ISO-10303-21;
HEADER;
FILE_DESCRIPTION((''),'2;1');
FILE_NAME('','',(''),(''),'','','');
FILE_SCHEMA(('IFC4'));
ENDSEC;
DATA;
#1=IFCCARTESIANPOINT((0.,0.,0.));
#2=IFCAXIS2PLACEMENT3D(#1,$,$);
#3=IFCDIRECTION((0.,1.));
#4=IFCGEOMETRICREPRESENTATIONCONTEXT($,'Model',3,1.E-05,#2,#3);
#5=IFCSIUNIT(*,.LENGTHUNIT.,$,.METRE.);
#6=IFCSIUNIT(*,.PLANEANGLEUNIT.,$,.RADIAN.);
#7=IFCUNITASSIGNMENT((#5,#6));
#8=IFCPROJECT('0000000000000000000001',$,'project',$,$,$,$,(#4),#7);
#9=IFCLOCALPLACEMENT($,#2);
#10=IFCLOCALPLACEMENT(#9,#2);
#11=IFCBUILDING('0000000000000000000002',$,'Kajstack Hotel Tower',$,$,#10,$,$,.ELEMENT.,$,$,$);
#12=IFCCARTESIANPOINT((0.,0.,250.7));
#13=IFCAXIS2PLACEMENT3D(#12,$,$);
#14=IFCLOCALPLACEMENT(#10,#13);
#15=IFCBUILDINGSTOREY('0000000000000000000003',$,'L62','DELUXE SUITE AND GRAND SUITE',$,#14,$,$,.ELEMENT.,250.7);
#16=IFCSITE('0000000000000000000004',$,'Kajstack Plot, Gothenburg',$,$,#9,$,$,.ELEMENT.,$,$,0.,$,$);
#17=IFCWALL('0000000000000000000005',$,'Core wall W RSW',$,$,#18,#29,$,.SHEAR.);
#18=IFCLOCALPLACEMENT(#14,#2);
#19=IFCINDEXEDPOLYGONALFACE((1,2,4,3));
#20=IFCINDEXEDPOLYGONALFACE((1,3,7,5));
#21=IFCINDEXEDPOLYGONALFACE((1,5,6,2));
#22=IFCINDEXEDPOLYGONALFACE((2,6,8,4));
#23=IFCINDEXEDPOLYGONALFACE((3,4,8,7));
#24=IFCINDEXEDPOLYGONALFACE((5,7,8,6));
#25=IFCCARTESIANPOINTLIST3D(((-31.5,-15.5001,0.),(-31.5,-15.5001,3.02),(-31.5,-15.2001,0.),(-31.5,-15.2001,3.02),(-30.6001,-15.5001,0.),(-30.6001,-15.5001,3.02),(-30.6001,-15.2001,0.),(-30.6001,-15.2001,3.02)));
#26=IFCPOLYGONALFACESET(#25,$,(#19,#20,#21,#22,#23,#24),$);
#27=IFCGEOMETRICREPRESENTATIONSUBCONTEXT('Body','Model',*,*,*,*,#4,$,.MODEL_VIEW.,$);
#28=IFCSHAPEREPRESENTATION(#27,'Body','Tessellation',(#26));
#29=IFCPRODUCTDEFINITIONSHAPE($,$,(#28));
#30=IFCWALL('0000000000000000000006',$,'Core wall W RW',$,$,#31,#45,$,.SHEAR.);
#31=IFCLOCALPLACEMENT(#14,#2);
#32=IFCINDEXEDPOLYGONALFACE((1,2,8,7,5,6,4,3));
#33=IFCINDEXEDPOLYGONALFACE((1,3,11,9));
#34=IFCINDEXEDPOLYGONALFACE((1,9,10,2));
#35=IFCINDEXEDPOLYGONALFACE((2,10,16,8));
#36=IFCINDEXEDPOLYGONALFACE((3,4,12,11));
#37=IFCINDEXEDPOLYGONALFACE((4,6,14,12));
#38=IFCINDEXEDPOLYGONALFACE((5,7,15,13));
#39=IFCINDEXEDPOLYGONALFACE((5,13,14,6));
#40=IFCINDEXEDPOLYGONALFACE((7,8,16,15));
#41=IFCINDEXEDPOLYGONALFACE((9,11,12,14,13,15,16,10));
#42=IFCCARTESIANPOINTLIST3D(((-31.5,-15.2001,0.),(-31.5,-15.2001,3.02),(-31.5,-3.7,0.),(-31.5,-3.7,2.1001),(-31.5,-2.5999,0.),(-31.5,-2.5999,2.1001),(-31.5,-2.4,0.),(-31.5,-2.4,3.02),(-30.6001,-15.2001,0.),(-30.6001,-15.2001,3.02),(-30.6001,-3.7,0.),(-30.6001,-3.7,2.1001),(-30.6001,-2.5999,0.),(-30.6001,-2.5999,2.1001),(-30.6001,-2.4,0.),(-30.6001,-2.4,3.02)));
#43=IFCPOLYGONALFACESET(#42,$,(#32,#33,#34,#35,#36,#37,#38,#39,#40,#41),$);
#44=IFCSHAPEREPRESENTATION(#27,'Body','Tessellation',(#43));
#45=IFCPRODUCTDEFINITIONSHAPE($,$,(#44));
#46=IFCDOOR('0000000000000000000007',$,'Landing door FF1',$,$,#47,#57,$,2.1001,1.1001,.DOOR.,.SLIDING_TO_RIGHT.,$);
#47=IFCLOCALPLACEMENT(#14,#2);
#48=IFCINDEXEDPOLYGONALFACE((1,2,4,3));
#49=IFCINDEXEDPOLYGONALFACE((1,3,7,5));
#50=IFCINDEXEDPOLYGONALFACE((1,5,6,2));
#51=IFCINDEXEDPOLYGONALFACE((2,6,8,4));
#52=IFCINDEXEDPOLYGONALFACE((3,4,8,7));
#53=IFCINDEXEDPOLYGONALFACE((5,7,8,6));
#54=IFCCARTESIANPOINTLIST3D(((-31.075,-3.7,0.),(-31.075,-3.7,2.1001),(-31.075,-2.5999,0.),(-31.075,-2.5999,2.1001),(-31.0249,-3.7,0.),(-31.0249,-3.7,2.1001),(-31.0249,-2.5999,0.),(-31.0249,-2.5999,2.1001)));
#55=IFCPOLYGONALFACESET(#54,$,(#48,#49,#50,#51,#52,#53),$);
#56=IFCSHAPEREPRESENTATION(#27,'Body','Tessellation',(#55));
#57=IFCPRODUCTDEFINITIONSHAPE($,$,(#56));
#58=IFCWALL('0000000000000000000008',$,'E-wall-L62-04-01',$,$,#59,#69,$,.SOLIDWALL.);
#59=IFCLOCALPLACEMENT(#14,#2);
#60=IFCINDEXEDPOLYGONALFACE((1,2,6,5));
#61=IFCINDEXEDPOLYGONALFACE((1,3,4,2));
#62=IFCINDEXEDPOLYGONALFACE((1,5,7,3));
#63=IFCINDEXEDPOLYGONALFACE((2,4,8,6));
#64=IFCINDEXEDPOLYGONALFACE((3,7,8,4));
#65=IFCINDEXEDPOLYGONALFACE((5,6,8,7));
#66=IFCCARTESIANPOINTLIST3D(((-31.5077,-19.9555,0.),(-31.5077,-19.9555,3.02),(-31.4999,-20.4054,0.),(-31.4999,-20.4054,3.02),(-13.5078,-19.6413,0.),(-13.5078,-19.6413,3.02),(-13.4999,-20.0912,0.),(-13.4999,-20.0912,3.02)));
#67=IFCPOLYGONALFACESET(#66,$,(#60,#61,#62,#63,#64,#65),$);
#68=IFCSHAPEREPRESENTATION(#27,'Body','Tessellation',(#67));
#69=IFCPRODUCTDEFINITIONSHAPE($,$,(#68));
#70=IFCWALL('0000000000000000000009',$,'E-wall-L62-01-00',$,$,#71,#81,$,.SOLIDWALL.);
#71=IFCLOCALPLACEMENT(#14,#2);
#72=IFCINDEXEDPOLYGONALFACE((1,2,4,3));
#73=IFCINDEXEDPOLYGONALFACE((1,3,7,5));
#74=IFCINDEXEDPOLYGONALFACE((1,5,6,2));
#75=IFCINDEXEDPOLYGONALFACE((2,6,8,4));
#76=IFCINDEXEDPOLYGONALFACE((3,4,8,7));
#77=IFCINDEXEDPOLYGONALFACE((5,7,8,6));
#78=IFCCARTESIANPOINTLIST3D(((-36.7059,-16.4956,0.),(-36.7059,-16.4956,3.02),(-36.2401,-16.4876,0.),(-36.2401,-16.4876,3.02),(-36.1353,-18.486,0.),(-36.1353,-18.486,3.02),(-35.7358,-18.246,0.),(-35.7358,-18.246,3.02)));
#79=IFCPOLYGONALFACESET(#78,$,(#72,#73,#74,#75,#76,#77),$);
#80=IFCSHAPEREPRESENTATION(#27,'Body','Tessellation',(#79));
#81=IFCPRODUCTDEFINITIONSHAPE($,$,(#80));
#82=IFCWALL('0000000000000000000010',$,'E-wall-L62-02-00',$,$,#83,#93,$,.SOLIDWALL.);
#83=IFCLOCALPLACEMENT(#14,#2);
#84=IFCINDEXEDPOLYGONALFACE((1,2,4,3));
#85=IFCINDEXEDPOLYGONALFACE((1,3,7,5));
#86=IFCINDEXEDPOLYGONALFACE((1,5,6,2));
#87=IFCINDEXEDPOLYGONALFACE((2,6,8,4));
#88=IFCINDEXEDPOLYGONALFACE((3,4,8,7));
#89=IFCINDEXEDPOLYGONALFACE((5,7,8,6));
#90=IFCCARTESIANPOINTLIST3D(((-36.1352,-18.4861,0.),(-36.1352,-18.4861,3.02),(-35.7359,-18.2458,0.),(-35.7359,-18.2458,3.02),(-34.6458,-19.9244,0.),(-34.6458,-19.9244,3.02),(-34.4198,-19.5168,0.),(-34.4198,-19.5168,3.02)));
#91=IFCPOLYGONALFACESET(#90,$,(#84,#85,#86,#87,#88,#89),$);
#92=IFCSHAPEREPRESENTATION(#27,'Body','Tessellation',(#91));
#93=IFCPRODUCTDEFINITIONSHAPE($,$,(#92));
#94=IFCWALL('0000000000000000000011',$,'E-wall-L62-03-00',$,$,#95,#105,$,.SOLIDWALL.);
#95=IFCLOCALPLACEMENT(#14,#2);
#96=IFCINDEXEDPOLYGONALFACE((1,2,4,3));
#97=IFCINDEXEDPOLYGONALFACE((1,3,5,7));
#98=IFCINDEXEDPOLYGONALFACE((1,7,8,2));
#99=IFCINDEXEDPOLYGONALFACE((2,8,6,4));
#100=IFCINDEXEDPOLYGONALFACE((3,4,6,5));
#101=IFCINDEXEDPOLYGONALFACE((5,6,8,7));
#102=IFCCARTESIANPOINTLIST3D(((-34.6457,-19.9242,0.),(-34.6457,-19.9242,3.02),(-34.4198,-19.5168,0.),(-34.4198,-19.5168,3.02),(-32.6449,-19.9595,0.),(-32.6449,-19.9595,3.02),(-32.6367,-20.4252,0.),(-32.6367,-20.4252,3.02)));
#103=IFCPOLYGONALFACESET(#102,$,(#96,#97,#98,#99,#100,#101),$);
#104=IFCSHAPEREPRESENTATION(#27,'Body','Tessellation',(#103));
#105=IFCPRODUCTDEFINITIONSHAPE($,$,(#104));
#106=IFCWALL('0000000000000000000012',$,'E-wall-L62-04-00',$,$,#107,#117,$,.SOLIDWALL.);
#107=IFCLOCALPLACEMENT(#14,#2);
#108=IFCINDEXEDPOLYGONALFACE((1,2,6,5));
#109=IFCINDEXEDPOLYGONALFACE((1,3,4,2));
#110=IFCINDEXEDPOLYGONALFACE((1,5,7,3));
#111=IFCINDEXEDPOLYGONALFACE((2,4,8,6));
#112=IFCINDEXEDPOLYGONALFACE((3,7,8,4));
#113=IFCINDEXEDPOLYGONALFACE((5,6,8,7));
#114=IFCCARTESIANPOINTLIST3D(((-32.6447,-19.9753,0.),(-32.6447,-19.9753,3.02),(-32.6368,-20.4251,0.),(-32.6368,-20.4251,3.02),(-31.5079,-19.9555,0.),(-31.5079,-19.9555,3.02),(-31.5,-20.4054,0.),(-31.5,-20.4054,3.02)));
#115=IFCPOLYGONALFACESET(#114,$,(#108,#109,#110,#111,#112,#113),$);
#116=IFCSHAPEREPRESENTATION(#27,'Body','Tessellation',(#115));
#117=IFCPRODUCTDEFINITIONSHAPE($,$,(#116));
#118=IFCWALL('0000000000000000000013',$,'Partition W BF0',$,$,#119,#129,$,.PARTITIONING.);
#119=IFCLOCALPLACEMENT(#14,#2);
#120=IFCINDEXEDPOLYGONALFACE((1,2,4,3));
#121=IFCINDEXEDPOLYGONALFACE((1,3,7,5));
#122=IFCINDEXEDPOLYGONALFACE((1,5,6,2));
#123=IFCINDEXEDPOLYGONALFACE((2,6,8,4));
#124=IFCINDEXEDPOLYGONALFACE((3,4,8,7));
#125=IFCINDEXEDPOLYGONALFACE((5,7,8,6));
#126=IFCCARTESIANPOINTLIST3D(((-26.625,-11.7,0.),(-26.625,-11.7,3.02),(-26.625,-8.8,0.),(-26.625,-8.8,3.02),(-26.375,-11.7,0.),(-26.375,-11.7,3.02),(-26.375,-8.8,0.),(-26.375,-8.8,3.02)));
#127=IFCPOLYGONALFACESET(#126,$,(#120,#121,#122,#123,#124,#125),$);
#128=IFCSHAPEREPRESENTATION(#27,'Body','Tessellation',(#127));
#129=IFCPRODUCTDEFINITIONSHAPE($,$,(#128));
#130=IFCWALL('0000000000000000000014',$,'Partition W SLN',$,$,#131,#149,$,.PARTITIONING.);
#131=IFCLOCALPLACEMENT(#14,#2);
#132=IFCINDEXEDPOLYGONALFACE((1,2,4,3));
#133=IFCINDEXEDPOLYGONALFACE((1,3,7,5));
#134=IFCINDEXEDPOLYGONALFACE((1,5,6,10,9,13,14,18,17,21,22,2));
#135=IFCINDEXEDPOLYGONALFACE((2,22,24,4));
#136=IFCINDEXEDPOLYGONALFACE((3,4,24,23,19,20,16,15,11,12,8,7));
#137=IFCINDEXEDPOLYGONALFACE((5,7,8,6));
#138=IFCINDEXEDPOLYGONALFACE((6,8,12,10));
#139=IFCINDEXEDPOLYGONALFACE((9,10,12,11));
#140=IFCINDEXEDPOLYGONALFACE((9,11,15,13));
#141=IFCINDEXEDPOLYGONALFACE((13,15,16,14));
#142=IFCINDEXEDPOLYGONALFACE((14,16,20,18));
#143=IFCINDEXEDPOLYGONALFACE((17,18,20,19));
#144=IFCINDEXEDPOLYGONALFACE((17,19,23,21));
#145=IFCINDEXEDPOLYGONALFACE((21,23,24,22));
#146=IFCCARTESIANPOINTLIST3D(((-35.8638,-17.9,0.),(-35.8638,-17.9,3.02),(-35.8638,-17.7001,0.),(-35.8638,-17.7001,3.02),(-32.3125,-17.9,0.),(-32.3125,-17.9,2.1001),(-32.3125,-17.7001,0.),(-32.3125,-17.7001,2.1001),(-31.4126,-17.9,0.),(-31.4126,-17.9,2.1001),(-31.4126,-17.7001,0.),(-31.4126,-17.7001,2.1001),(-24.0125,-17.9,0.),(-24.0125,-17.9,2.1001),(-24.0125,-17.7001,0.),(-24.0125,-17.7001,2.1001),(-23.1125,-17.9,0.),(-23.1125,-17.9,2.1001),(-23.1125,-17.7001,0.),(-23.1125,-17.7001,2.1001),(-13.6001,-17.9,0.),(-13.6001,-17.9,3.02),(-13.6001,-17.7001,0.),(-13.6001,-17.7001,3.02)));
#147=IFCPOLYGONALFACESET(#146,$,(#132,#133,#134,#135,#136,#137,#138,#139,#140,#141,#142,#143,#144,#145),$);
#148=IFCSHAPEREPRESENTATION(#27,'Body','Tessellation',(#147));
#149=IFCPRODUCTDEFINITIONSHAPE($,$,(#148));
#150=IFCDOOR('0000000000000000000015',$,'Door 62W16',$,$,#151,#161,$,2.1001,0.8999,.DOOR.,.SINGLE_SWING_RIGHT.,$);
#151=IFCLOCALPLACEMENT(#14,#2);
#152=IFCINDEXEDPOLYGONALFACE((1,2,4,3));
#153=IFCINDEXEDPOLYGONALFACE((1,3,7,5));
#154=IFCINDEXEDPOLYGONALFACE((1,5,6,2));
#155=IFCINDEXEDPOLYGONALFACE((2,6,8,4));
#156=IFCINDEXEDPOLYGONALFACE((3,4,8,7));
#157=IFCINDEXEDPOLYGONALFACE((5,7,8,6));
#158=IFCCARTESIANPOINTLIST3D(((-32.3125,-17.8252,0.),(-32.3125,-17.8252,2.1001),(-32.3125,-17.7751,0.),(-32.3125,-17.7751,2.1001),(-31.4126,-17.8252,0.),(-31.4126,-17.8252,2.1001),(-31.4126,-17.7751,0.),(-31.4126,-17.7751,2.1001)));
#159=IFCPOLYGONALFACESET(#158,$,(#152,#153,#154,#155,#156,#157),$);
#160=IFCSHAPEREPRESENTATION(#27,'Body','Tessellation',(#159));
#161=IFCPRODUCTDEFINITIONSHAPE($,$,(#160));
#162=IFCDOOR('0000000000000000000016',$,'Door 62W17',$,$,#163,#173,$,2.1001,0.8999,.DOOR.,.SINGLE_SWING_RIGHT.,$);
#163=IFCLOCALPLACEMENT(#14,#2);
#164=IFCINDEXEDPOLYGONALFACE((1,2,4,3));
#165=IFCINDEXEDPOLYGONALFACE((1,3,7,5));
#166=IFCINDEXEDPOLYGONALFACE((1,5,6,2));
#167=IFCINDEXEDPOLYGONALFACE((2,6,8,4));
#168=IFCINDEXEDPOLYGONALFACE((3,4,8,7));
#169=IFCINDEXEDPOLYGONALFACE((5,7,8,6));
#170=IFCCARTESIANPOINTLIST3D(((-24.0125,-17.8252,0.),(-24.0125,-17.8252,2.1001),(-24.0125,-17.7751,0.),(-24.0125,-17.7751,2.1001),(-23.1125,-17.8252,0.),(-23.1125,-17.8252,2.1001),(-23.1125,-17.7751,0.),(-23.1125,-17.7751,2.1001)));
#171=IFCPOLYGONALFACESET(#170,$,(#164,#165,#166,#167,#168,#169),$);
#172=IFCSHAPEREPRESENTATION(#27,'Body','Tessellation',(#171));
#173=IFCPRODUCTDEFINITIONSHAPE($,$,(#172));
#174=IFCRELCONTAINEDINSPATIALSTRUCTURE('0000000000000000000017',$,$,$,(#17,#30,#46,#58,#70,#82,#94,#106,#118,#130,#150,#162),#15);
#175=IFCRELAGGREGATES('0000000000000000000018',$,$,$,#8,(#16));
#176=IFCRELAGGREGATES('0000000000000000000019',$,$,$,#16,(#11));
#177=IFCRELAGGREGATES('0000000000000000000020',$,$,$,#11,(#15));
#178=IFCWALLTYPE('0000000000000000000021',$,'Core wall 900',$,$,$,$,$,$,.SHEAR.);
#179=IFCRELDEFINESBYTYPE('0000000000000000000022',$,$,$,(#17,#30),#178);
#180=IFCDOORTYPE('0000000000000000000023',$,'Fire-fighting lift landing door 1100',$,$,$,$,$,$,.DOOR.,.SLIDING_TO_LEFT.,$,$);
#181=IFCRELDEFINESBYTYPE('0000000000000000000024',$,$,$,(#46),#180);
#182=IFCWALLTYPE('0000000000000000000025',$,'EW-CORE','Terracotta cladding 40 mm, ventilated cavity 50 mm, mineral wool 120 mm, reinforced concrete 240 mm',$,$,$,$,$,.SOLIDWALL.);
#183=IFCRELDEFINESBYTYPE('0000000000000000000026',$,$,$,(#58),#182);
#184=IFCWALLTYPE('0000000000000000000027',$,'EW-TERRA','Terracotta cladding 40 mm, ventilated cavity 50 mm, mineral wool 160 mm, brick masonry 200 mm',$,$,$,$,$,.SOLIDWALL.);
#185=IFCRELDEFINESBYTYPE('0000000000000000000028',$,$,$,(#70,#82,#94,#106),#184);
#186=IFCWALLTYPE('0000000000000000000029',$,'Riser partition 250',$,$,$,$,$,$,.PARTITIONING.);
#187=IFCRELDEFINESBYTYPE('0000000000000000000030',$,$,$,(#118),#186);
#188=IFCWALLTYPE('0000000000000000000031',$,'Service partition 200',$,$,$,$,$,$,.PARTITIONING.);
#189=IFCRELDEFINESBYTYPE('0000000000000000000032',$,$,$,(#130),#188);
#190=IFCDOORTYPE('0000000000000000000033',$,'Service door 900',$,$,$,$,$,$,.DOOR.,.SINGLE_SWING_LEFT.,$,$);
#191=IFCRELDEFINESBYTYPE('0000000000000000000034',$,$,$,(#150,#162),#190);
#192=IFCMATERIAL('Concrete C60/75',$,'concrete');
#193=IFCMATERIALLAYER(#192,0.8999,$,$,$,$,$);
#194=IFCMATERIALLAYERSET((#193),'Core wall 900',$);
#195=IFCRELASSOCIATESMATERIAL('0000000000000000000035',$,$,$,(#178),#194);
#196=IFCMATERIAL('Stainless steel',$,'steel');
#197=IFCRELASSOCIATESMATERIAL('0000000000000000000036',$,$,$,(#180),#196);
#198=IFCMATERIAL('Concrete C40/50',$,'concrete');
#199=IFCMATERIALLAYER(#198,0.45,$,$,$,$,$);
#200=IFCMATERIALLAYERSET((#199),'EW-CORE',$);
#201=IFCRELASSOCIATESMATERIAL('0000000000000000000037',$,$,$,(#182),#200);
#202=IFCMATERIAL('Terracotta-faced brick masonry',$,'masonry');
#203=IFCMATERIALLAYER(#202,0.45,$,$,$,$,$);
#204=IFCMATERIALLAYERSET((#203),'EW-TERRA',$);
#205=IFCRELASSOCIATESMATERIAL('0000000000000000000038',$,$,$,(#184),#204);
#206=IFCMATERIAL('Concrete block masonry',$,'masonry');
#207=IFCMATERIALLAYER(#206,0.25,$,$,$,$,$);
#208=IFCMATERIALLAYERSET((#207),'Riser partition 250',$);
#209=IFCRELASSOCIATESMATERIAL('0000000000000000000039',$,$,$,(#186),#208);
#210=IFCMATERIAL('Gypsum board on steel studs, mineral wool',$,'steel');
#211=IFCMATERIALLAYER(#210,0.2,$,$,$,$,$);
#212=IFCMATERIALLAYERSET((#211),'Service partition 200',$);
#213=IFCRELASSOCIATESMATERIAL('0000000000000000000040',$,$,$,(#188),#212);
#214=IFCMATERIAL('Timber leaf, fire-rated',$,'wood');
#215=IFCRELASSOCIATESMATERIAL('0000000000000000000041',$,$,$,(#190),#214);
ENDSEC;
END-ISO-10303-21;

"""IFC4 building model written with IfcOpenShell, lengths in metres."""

from ifc_helpers import new_model, si_unit, direction, frame, frame_2d, origin, place, context, subcontext, project, spatial, polyline, rectangle, outline, extrude, material, layer, layer_set, type_object, element, fill, save


model = new_model("IFC4")

# Units and contexts
model_context = context("Model", 3, precision=1e-05, world=origin(), true_north=direction((0.0, 1.0)))
body_context = subcontext(model_context, "Body", "Model", "MODEL_VIEW")
ifc_project = project(units=[si_unit("LENGTHUNIT", "METRE"), si_unit("PLANEANGLEUNIT", "RADIAN")], contexts=[model_context])

# Site, building, storey
site_placement = place(None, origin())
site = spatial("IfcSite", under=ifc_project, at=site_placement, Name="Kajstack Plot, Gothenburg", CompositionType="ELEMENT", RefElevation=0.0)
building_placement = place(site_placement, origin())
building = spatial("IfcBuilding", under=site, at=building_placement, Name="Kajstack Hotel Tower", CompositionType="ELEMENT")
storey_placement = place(building_placement, frame((0.0, 0.0, 250.7)))
storey = spatial("IfcBuildingStorey", under=building, at=storey_placement, Name="L62", Description="DELUXE SUITE AND GRAND SUITE", CompositionType="ELEMENT", Elevation=250.7)

# Wall
ifc_material_1 = material(Name="Concrete C60/75", Category="concrete")
ifc_layer_1 = layer(ifc_material_1, 0.8999)
ifc_layer_set_1 = layer_set([ifc_layer_1], Name="Core wall 900")
wall_type_1 = type_object("IfcWallType", Name="Core wall 900", PredefinedType="SHEAR", material=ifc_layer_set_1)
wall_1_placement = place(storey_placement, frame((-31.5, -15.3501, 0.0), z_axis=(0.0, 0.0, 1.0), x_axis=(1.0, 0.0, 0.0)))
element("IfcWall", 1, at=wall_1_placement, inside=storey, type_object=wall_type_1, Name="Core wall W RSW", PredefinedType="SHEAR", context=body_context, shape_type="SweptSolid", body=[
    extrude(rectangle(XDim=0.8999, YDim=0.3, at=frame_2d((0.45, 0.0))), origin(), (0.0, 0.0, 1.0), 3.02),
])

# Wall, opening, door
wall_2_placement = place(storey_placement, frame((-31.05, -15.2, 0.0), z_axis=(0.0, 0.0, 1.0), x_axis=(0.0, 1.0, 0.0)))
wall_2 = element("IfcWall", 2, at=wall_2_placement, inside=storey, type_object=wall_type_1, Name="Core wall W RW", PredefinedType="SHEAR", context=body_context, shape_type="SweptSolid", body=[
    extrude(rectangle(XDim=12.8, YDim=0.8999, at=frame_2d((6.3999, 0.0))), origin(), (0.0, 0.0, 1.0), 3.02),
])
opening_1_placement = place(wall_2_placement, frame((11.5, 0.0, 0.0)))
opening_1 = element("IfcOpeningElement", 3, at=opening_1_placement, cuts=wall_2, PredefinedType="OPENING", context=body_context, shape_type="SweptSolid", body=[
    extrude(rectangle(XDim=1.1001, YDim=2.1001, at=frame_2d((0.55, 1.05))), frame((0.0, 0.46, 0.0), z_axis=(0.0, -1.0, 0.0), x_axis=(1.0, 0.0, 0.0)), (0.0, 0.0, 1.0), 0.9199),
])
ifc_material_2 = material(Name="Stainless steel", Category="steel")
door_type_1 = type_object("IfcDoorType", Name="Fire-fighting lift landing door 1100", OperationType="SLIDING_TO_LEFT", PredefinedType="DOOR", material=ifc_material_2)
door_1_placement = place(opening_1_placement, origin())
door_1 = element("IfcDoor", 4, at=door_1_placement, inside=storey, type_object=door_type_1, Name="Landing door FF1", OperationType="SLIDING_TO_RIGHT", OverallHeight=2.1001, OverallWidth=1.1001, PredefinedType="DOOR", context=body_context, shape_type="SweptSolid", body=[
    extrude(rectangle(XDim=1.1001, YDim=2.1001, at=frame_2d((0.55, 1.05))), frame((0.0, 0.0249, 0.0), z_axis=(0.0, -1.0, 0.0), x_axis=(1.0, 0.0, 0.0)), (0.0, 0.0, 1.0), 0.05),
])
fill(opening_1, door_1)

# Walls
ifc_material_3 = material(Name="Concrete C40/50", Category="concrete")
ifc_layer_2 = layer(ifc_material_3, 0.45)
ifc_layer_set_2 = layer_set([ifc_layer_2], Name="EW-CORE")
wall_type_2 = type_object("IfcWallType", Name="EW-CORE", Description="Terracotta cladding 40 mm, ventilated cavity 50 mm, mineral wool 120 mm, reinforced concrete 240 mm", PredefinedType="SOLIDWALL", material=ifc_layer_set_2)
wall_3_placement = place(storey_placement, frame((-31.5039, -20.1804, 0.0), z_axis=(0.0, 0.0, 1.0), x_axis=(0.999848, 0.017453, 0.0)))
element("IfcWall", 5, at=wall_3_placement, inside=storey, type_object=wall_type_2, Name="E-wall-L62-04-01", PredefinedType="SOLIDWALL", context=body_context, shape_type="SweptSolid", body=[
    extrude(rectangle(XDim=18.0027, YDim=0.45, at=frame_2d((9.0015, 0.0))), origin(), (0.0, 0.0, 1.0), 3.02),
])
ifc_material_4 = material(Name="Terracotta-faced brick masonry", Category="masonry")
ifc_layer_3 = layer(ifc_material_4, 0.45)
ifc_layer_set_3 = layer_set([ifc_layer_3], Name="EW-TERRA")
wall_type_3 = type_object("IfcWallType", Name="EW-TERRA", Description="Terracotta cladding 40 mm, ventilated cavity 50 mm, mineral wool 160 mm, brick masonry 200 mm", PredefinedType="SOLIDWALL", material=ifc_layer_set_3)
wall_4_placement = place(storey_placement, frame((-36.4895, -16.4336, 0.0), z_axis=(0.0, 0.0, 1.0), x_axis=(0.275578, -0.961279, 0.0)))
element("IfcWall", 6, at=wall_4_placement, inside=storey, type_object=wall_type_3, Name="E-wall-L62-01-00", PredefinedType="SOLIDWALL", context=body_context, shape_type="SweptSolid", body=[
    extrude(outline(polyline([(0.0, -0.2251), (2.0706, -0.2251), (1.95, 0.2251), (0.1206, 0.2249), (0.0, -0.2251)])), origin(), (0.0, 0.0, 1.0), 3.02),
])
wall_5_placement = place(storey_placement, frame((-35.979, -18.324, 0.0), z_axis=(0.0, 0.0, 1.0), x_axis=(0.71932, -0.694679, 0.0)))
element("IfcWall", 7, at=wall_5_placement, inside=storey, type_object=wall_type_3, Name="E-wall-L62-02-00", PredefinedType="SOLIDWALL", context=body_context, shape_type="SweptSolid", body=[
    extrude(outline(polyline([(0.0002, -0.2251), (2.0708, -0.2251), (1.9502, 0.2251), (0.1206, 0.2251), (0.0002, -0.2251)])), origin(), (0.0, 0.0, 1.0), 3.02),
])
wall_6_placement = place(storey_placement, frame((-34.5913, -19.7061, 0.0), z_axis=(0.0, 0.0, 1.0), x_axis=(0.970316, -0.241842, 0.0)))
element("IfcWall", 8, at=wall_6_placement, inside=storey, type_object=wall_type_3, Name="E-wall-L62-03-00", PredefinedType="SOLIDWALL", context=body_context, shape_type="SweptSolid", body=[
    extrude(outline(polyline([(0.0, -0.2249), (2.0706, -0.2251), (1.95, 0.2249), (0.1206, 0.2251), (0.0, -0.2249)])), origin(), (0.0, 0.0, 1.0), 3.02),
])
wall_7_placement = place(storey_placement, frame((-32.6406, -20.2002, 0.0), z_axis=(0.0, 0.0, 1.0), x_axis=(0.999849, 0.017394, 0.0)))
element("IfcWall", 9, at=wall_7_placement, inside=storey, type_object=wall_type_3, Name="E-wall-L62-04-00", PredefinedType="SOLIDWALL", context=body_context, shape_type="SweptSolid", body=[
    extrude(rectangle(XDim=1.137, YDim=0.45, at=frame_2d((0.5684, 0.0))), origin(), (0.0, 0.0, 1.0), 3.02),
])
ifc_material_5 = material(Name="Concrete block masonry", Category="masonry")
ifc_layer_4 = layer(ifc_material_5, 0.25)
ifc_layer_set_4 = layer_set([ifc_layer_4], Name="Riser partition 250")
wall_type_4 = type_object("IfcWallType", Name="Riser partition 250", PredefinedType="PARTITIONING", material=ifc_layer_set_4)
wall_8_placement = place(storey_placement, frame((-26.5, -11.7, 0.0), z_axis=(0.0, 0.0, 1.0), x_axis=(0.0, 1.0, 0.0)))
element("IfcWall", 10, at=wall_8_placement, inside=storey, type_object=wall_type_4, Name="Partition W BF0", PredefinedType="PARTITIONING", context=body_context, shape_type="SweptSolid", body=[
    extrude(rectangle(XDim=2.8999, YDim=0.25, at=frame_2d((1.45, 0.0))), origin(), (0.0, 0.0, 1.0), 3.02),
])

# Wall, openings, doors
ifc_material_6 = material(Name="Gypsum board on steel studs, mineral wool", Category="steel")
ifc_layer_5 = layer(ifc_material_6, 0.2)
ifc_layer_set_5 = layer_set([ifc_layer_5], Name="Service partition 200")
wall_type_5 = type_object("IfcWallType", Name="Service partition 200", PredefinedType="PARTITIONING", material=ifc_layer_set_5)
wall_9_placement = place(storey_placement, frame((-35.8638, -17.8, 0.0), z_axis=(0.0, 0.0, 1.0), x_axis=(1.0, 0.0, 0.0)))
wall_9 = element("IfcWall", 11, at=wall_9_placement, inside=storey, type_object=wall_type_5, Name="Partition W SLN", PredefinedType="PARTITIONING", context=body_context, shape_type="SweptSolid", body=[
    extrude(rectangle(XDim=22.2637, YDim=0.2, at=frame_2d((11.1318, 0.0))), origin(), (0.0, 0.0, 1.0), 3.02),
])
opening_2_placement = place(wall_9_placement, frame((3.5513, 0.0, 0.0)))
opening_2 = element("IfcOpeningElement", 12, at=opening_2_placement, cuts=wall_9, PredefinedType="OPENING", context=body_context, shape_type="SweptSolid", body=[
    extrude(rectangle(XDim=0.8999, YDim=2.1001, at=frame_2d((0.45, 1.05))), frame((0.0, 0.1099, 0.0), z_axis=(0.0, -1.0, 0.0), x_axis=(1.0, 0.0, 0.0)), (0.0, 0.0, 1.0), 0.22),
])
opening_3_placement = place(wall_9_placement, frame((11.8513, 0.0, 0.0)))
opening_3 = element("IfcOpeningElement", 13, at=opening_3_placement, cuts=wall_9, PredefinedType="OPENING", context=body_context, shape_type="SweptSolid", body=[
    extrude(rectangle(XDim=0.8999, YDim=2.1001, at=frame_2d((0.45, 1.05))), frame((0.0, 0.1099, 0.0), z_axis=(0.0, -1.0, 0.0), x_axis=(1.0, 0.0, 0.0)), (0.0, 0.0, 1.0), 0.22),
])
ifc_material_7 = material(Name="Timber leaf, fire-rated", Category="wood")
door_type_2 = type_object("IfcDoorType", Name="Service door 900", OperationType="SINGLE_SWING_LEFT", PredefinedType="DOOR", material=ifc_material_7)
door_2_placement = place(opening_2_placement, origin())
door_2 = element("IfcDoor", 14, at=door_2_placement, inside=storey, type_object=door_type_2, Name="Door 62W16", OperationType="SINGLE_SWING_RIGHT", OverallHeight=2.1001, OverallWidth=0.8999, PredefinedType="DOOR", context=body_context, shape_type="SweptSolid", body=[
    extrude(rectangle(XDim=0.8999, YDim=2.1001, at=frame_2d((0.45, 1.05))), frame((0.0, 0.0249, 0.0), z_axis=(0.0, -1.0, 0.0), x_axis=(1.0, 0.0, 0.0)), (0.0, 0.0, 1.0), 0.05),
])
fill(opening_2, door_2)
door_3_placement = place(opening_3_placement, origin())
door_3 = element("IfcDoor", 15, at=door_3_placement, inside=storey, type_object=door_type_2, Name="Door 62W17", OperationType="SINGLE_SWING_RIGHT", OverallHeight=2.1001, OverallWidth=0.8999, PredefinedType="DOOR", context=body_context, shape_type="SweptSolid", body=[
    extrude(rectangle(XDim=0.8999, YDim=2.1001, at=frame_2d((0.45, 1.05))), frame((0.0, 0.0249, 0.0), z_axis=(0.0, -1.0, 0.0), x_axis=(1.0, 0.0, 0.0)), (0.0, 0.0, 1.0), 0.05),
])
fill(opening_3, door_3)

save(model, "model.ifc")
